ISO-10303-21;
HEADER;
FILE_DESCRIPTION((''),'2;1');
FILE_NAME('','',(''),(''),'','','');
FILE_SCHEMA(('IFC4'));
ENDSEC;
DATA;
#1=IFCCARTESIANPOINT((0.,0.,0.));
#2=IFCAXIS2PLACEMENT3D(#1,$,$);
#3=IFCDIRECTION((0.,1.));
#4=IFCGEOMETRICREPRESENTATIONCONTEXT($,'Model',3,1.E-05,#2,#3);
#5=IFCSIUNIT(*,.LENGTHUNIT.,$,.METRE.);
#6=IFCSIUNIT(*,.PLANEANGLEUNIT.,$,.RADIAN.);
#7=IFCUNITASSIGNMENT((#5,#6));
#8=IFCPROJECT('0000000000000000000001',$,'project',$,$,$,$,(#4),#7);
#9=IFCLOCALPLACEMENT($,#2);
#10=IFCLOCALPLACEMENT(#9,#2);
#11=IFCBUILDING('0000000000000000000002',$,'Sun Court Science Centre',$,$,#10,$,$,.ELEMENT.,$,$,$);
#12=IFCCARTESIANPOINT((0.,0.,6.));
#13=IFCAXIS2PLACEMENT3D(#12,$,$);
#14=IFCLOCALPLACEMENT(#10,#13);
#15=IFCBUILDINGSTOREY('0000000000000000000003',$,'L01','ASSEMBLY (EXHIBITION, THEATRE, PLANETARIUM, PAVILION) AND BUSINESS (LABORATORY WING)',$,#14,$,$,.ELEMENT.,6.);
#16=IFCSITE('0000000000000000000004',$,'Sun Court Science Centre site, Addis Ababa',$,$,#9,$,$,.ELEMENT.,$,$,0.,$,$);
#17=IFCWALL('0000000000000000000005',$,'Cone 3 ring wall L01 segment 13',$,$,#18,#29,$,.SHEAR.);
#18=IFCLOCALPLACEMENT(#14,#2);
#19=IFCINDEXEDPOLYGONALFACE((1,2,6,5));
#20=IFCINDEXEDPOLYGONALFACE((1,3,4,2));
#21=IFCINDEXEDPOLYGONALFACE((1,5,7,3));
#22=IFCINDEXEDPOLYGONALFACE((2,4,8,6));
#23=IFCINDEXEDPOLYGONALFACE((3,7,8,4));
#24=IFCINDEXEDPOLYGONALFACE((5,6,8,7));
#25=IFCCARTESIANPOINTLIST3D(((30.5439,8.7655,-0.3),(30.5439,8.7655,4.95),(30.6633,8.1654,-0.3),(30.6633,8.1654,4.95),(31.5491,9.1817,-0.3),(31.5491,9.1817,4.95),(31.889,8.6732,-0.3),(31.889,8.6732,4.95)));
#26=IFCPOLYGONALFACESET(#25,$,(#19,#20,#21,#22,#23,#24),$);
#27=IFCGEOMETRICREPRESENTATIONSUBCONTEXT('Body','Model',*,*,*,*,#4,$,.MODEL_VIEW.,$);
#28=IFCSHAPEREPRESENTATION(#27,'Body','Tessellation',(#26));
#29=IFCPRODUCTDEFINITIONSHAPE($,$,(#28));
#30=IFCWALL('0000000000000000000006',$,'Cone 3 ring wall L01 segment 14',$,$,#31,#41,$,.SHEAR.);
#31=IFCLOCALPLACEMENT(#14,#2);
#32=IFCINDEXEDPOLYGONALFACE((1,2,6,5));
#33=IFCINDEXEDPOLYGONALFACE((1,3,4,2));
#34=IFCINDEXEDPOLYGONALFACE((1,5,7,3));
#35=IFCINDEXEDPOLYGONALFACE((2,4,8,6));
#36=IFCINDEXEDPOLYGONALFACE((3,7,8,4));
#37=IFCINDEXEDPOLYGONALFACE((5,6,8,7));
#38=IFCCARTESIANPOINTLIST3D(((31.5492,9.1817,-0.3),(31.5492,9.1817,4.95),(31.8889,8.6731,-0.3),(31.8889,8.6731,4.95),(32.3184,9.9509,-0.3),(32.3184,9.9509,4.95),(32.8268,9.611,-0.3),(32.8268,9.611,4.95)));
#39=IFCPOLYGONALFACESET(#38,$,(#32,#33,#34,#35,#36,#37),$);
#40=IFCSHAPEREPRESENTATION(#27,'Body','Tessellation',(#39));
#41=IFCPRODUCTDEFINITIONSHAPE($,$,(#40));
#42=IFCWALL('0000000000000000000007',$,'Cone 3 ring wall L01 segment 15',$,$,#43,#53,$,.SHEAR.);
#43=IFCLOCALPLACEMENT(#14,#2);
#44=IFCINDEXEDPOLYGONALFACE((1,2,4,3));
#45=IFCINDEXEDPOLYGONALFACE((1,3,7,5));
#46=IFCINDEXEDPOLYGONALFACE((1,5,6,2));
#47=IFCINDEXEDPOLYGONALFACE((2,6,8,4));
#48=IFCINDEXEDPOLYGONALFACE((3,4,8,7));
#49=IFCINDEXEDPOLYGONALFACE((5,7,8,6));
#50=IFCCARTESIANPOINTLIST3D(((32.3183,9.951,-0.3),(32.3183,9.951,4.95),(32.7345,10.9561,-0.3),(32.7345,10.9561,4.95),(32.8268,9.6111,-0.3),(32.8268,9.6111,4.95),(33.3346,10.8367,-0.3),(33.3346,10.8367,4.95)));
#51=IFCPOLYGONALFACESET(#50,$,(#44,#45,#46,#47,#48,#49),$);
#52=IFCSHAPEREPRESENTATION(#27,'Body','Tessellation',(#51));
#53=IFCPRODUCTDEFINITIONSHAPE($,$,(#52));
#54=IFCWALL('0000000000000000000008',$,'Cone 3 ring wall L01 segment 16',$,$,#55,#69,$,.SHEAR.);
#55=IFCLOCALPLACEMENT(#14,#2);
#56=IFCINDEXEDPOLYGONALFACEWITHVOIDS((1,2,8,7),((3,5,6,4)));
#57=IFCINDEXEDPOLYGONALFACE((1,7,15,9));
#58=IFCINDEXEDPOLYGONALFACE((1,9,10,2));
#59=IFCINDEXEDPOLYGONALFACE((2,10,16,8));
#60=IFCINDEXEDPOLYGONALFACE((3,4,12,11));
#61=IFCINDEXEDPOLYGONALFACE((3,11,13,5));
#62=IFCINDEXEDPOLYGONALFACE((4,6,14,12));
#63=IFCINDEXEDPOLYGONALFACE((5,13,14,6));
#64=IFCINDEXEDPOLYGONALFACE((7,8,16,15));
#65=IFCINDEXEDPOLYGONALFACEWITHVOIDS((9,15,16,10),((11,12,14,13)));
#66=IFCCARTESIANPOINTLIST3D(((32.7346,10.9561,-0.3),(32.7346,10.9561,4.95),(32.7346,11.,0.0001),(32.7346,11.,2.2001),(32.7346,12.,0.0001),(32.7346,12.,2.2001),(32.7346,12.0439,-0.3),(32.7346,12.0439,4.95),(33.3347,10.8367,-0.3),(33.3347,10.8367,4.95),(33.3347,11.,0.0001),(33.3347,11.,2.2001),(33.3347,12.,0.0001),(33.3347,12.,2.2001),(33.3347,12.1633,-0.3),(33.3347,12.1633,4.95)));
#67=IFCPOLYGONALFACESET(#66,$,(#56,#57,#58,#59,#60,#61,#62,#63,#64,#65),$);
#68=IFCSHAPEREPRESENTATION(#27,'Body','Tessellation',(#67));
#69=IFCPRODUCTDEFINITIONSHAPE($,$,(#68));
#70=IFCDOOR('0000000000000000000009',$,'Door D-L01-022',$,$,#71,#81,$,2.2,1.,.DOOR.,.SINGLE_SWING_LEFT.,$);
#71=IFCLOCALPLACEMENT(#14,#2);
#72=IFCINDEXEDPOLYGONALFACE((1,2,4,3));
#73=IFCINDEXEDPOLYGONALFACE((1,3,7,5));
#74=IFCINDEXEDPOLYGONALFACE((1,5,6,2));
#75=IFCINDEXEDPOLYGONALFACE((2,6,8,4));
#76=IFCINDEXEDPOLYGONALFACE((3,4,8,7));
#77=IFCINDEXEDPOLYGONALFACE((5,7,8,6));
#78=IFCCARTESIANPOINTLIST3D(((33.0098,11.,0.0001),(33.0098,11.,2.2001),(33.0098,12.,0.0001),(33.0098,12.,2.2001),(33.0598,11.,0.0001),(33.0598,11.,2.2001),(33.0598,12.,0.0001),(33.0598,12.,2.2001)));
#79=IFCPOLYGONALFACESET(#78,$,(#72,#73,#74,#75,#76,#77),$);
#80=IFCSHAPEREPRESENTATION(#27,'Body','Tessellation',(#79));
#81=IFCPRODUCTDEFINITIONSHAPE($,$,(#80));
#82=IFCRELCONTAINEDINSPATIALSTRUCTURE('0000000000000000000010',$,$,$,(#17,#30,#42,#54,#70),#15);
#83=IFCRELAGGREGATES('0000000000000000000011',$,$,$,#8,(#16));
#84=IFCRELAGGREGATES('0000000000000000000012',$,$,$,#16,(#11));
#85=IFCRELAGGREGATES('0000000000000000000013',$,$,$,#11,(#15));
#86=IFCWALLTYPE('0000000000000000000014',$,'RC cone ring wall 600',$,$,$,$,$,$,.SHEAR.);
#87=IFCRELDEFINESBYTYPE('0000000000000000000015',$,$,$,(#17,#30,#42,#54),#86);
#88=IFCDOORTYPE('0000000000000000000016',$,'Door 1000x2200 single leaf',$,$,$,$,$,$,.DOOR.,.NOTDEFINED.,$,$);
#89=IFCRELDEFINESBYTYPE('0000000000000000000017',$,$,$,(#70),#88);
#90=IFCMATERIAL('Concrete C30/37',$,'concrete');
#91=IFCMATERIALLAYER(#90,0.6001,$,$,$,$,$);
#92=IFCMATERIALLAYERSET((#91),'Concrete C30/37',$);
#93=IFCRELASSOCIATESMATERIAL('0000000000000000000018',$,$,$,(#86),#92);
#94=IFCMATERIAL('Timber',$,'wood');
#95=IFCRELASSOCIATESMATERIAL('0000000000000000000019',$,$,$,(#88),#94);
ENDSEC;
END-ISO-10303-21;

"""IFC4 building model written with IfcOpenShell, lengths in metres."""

from ifc_helpers import new_model, si_unit, direction, frame, frame_2d, origin, place, context, subcontext, project, spatial, polyline, rectangle, outline, extrude, material, layer, layer_set, type_object, element, fill, save


model = new_model("IFC4")

# Units and contexts
model_context = context("Model", 3, precision=1e-05, world=origin(), true_north=direction((0.0, 1.0)))
body_context = subcontext(model_context, "Body", "Model", "MODEL_VIEW")
ifc_project = project(units=[si_unit("LENGTHUNIT", "METRE"), si_unit("PLANEANGLEUNIT", "RADIAN")], contexts=[model_context])

# Site, building, storey
site_placement = place(None, origin())
site = spatial("IfcSite", under=ifc_project, at=site_placement, Name="Sun Court Science Centre site, Addis Ababa", CompositionType="ELEMENT", RefElevation=0.0)
building_placement = place(site_placement, origin())
building = spatial("IfcBuilding", under=site, at=building_placement, Name="Sun Court Science Centre", CompositionType="ELEMENT")
storey_placement = place(building_placement, frame((0.0, 0.0, 6.0)))
storey = spatial("IfcBuildingStorey", under=building, at=storey_placement, Name="L01", Description="ASSEMBLY (EXHIBITION, THEATRE, PLANETARIUM, PAVILION) AND BUSINESS (LABORATORY WING)", CompositionType="ELEMENT", Elevation=6.0)

# Walls
ifc_material_1 = material(Name="Concrete C30/37", Category="concrete")
ifc_layer_1 = layer(ifc_material_1, 0.6001)
ifc_layer_set_1 = layer_set([ifc_layer_1], Name="Concrete C30/37")
wall_type_1 = type_object("IfcWallType", Name="RC cone ring wall 600", PredefinedType="SHEAR", material=ifc_layer_set_1)
wall_1_placement = place(storey_placement, frame((30.5486, 8.4424, -0.3), z_axis=(0.0, 0.0, 1.0), x_axis=(0.923837, 0.382785, 0.0)))
element("IfcWall", 1, at=wall_1_placement, inside=storey, type_object=wall_type_1, Name="Cone 3 ring wall L01 segment 13", PredefinedType="SHEAR", context=body_context, shape_type="SweptSolid", body=[
    extrude(outline(polyline([(0.0, -0.2998), (1.3267, -0.2998), (1.2073, 0.3), (0.1194, 0.3003), (0.0, -0.2998)])), origin(), (0.0, 0.0, 1.0), 5.25),
])
wall_2_placement = place(storey_placement, frame((31.6768, 8.8853, -0.3), z_axis=(0.0, 0.0, 1.0), x_axis=(0.707107, 0.707107, 0.0)))
element("IfcWall", 2, at=wall_2_placement, inside=storey, type_object=wall_type_1, Name="Cone 3 ring wall L01 segment 14", PredefinedType="SHEAR", context=body_context, shape_type="SweptSolid", body=[
    extrude(outline(polyline([(0.0, -0.3), (1.3264, -0.3), (1.2073, 0.2998), (0.1194, 0.2998), (0.0, -0.3)])), origin(), (0.0, 0.0, 1.0), 5.25),
])
wall_3_placement = place(storey_placement, frame((32.5498, 9.7258, -0.3), z_axis=(0.0, 0.0, 1.0), x_axis=(0.382785, 0.923837, 0.0)))
element("IfcWall", 3, at=wall_3_placement, inside=storey, type_object=wall_type_1, Name="Cone 3 ring wall L01 segment 15", PredefinedType="SHEAR", context=body_context, shape_type="SweptSolid", body=[
    extrude(outline(polyline([(0.0, -0.2998), (1.3267, -0.2998), (1.2073, 0.3003), (0.1194, 0.3), (0.0, -0.2998)])), origin(), (0.0, 0.0, 1.0), 5.25),
])

# Wall, opening, door
wall_4_placement = place(storey_placement, frame((33.0347, 10.8367, -0.3), z_axis=(0.0, 0.0, 1.0), x_axis=(0.0, 1.0, 0.0)))
wall_4 = element("IfcWall", 4, at=wall_4_placement, inside=storey, type_object=wall_type_1, Name="Cone 3 ring wall L01 segment 16", PredefinedType="SHEAR", context=body_context, shape_type="SweptSolid", body=[
    extrude(outline(polyline([(0.0, -0.3), (1.3267, -0.3), (1.2073, 0.3), (0.1194, 0.3), (0.0, -0.3)])), origin(), (0.0, 0.0, 1.0), 5.25),
])
opening_placement = place(wall_4_placement, frame((0.1633, 0.0, 0.3)))
opening = element("IfcOpeningElement", 5, at=opening_placement, cuts=wall_4, PredefinedType="OPENING", context=body_context, shape_type="SweptSolid", body=[
    extrude(rectangle(XDim=1.0, YDim=2.2, at=frame_2d((0.5, 1.1001))), frame((0.0, 0.3101, 0.0), z_axis=(0.0, -1.0, 0.0), x_axis=(1.0, 0.0, 0.0)), (0.0, 0.0, 1.0), 0.6201),
])
ifc_material_2 = material(Name="Timber", Category="wood")
door_type = type_object("IfcDoorType", Name="Door 1000x2200 single leaf", OperationType="NOTDEFINED", PredefinedType="DOOR", material=ifc_material_2)
door_placement = place(opening_placement, origin())
door = element("IfcDoor", 6, at=door_placement, inside=storey, type_object=door_type, Name="Door D-L01-022", OperationType="SINGLE_SWING_LEFT", OverallHeight=2.2, OverallWidth=1.0, PredefinedType="DOOR", context=body_context, shape_type="SweptSolid", body=[
    extrude(rectangle(XDim=1.0, YDim=2.2, at=frame_2d((0.5, 1.1001))), frame((0.0, 0.0249, 0.0), z_axis=(0.0, -1.0, 0.0), x_axis=(1.0, 0.0, 0.0)), (0.0, 0.0, 1.0), 0.05),
])
fill(opening, door)

save(model, "model.ifc")
